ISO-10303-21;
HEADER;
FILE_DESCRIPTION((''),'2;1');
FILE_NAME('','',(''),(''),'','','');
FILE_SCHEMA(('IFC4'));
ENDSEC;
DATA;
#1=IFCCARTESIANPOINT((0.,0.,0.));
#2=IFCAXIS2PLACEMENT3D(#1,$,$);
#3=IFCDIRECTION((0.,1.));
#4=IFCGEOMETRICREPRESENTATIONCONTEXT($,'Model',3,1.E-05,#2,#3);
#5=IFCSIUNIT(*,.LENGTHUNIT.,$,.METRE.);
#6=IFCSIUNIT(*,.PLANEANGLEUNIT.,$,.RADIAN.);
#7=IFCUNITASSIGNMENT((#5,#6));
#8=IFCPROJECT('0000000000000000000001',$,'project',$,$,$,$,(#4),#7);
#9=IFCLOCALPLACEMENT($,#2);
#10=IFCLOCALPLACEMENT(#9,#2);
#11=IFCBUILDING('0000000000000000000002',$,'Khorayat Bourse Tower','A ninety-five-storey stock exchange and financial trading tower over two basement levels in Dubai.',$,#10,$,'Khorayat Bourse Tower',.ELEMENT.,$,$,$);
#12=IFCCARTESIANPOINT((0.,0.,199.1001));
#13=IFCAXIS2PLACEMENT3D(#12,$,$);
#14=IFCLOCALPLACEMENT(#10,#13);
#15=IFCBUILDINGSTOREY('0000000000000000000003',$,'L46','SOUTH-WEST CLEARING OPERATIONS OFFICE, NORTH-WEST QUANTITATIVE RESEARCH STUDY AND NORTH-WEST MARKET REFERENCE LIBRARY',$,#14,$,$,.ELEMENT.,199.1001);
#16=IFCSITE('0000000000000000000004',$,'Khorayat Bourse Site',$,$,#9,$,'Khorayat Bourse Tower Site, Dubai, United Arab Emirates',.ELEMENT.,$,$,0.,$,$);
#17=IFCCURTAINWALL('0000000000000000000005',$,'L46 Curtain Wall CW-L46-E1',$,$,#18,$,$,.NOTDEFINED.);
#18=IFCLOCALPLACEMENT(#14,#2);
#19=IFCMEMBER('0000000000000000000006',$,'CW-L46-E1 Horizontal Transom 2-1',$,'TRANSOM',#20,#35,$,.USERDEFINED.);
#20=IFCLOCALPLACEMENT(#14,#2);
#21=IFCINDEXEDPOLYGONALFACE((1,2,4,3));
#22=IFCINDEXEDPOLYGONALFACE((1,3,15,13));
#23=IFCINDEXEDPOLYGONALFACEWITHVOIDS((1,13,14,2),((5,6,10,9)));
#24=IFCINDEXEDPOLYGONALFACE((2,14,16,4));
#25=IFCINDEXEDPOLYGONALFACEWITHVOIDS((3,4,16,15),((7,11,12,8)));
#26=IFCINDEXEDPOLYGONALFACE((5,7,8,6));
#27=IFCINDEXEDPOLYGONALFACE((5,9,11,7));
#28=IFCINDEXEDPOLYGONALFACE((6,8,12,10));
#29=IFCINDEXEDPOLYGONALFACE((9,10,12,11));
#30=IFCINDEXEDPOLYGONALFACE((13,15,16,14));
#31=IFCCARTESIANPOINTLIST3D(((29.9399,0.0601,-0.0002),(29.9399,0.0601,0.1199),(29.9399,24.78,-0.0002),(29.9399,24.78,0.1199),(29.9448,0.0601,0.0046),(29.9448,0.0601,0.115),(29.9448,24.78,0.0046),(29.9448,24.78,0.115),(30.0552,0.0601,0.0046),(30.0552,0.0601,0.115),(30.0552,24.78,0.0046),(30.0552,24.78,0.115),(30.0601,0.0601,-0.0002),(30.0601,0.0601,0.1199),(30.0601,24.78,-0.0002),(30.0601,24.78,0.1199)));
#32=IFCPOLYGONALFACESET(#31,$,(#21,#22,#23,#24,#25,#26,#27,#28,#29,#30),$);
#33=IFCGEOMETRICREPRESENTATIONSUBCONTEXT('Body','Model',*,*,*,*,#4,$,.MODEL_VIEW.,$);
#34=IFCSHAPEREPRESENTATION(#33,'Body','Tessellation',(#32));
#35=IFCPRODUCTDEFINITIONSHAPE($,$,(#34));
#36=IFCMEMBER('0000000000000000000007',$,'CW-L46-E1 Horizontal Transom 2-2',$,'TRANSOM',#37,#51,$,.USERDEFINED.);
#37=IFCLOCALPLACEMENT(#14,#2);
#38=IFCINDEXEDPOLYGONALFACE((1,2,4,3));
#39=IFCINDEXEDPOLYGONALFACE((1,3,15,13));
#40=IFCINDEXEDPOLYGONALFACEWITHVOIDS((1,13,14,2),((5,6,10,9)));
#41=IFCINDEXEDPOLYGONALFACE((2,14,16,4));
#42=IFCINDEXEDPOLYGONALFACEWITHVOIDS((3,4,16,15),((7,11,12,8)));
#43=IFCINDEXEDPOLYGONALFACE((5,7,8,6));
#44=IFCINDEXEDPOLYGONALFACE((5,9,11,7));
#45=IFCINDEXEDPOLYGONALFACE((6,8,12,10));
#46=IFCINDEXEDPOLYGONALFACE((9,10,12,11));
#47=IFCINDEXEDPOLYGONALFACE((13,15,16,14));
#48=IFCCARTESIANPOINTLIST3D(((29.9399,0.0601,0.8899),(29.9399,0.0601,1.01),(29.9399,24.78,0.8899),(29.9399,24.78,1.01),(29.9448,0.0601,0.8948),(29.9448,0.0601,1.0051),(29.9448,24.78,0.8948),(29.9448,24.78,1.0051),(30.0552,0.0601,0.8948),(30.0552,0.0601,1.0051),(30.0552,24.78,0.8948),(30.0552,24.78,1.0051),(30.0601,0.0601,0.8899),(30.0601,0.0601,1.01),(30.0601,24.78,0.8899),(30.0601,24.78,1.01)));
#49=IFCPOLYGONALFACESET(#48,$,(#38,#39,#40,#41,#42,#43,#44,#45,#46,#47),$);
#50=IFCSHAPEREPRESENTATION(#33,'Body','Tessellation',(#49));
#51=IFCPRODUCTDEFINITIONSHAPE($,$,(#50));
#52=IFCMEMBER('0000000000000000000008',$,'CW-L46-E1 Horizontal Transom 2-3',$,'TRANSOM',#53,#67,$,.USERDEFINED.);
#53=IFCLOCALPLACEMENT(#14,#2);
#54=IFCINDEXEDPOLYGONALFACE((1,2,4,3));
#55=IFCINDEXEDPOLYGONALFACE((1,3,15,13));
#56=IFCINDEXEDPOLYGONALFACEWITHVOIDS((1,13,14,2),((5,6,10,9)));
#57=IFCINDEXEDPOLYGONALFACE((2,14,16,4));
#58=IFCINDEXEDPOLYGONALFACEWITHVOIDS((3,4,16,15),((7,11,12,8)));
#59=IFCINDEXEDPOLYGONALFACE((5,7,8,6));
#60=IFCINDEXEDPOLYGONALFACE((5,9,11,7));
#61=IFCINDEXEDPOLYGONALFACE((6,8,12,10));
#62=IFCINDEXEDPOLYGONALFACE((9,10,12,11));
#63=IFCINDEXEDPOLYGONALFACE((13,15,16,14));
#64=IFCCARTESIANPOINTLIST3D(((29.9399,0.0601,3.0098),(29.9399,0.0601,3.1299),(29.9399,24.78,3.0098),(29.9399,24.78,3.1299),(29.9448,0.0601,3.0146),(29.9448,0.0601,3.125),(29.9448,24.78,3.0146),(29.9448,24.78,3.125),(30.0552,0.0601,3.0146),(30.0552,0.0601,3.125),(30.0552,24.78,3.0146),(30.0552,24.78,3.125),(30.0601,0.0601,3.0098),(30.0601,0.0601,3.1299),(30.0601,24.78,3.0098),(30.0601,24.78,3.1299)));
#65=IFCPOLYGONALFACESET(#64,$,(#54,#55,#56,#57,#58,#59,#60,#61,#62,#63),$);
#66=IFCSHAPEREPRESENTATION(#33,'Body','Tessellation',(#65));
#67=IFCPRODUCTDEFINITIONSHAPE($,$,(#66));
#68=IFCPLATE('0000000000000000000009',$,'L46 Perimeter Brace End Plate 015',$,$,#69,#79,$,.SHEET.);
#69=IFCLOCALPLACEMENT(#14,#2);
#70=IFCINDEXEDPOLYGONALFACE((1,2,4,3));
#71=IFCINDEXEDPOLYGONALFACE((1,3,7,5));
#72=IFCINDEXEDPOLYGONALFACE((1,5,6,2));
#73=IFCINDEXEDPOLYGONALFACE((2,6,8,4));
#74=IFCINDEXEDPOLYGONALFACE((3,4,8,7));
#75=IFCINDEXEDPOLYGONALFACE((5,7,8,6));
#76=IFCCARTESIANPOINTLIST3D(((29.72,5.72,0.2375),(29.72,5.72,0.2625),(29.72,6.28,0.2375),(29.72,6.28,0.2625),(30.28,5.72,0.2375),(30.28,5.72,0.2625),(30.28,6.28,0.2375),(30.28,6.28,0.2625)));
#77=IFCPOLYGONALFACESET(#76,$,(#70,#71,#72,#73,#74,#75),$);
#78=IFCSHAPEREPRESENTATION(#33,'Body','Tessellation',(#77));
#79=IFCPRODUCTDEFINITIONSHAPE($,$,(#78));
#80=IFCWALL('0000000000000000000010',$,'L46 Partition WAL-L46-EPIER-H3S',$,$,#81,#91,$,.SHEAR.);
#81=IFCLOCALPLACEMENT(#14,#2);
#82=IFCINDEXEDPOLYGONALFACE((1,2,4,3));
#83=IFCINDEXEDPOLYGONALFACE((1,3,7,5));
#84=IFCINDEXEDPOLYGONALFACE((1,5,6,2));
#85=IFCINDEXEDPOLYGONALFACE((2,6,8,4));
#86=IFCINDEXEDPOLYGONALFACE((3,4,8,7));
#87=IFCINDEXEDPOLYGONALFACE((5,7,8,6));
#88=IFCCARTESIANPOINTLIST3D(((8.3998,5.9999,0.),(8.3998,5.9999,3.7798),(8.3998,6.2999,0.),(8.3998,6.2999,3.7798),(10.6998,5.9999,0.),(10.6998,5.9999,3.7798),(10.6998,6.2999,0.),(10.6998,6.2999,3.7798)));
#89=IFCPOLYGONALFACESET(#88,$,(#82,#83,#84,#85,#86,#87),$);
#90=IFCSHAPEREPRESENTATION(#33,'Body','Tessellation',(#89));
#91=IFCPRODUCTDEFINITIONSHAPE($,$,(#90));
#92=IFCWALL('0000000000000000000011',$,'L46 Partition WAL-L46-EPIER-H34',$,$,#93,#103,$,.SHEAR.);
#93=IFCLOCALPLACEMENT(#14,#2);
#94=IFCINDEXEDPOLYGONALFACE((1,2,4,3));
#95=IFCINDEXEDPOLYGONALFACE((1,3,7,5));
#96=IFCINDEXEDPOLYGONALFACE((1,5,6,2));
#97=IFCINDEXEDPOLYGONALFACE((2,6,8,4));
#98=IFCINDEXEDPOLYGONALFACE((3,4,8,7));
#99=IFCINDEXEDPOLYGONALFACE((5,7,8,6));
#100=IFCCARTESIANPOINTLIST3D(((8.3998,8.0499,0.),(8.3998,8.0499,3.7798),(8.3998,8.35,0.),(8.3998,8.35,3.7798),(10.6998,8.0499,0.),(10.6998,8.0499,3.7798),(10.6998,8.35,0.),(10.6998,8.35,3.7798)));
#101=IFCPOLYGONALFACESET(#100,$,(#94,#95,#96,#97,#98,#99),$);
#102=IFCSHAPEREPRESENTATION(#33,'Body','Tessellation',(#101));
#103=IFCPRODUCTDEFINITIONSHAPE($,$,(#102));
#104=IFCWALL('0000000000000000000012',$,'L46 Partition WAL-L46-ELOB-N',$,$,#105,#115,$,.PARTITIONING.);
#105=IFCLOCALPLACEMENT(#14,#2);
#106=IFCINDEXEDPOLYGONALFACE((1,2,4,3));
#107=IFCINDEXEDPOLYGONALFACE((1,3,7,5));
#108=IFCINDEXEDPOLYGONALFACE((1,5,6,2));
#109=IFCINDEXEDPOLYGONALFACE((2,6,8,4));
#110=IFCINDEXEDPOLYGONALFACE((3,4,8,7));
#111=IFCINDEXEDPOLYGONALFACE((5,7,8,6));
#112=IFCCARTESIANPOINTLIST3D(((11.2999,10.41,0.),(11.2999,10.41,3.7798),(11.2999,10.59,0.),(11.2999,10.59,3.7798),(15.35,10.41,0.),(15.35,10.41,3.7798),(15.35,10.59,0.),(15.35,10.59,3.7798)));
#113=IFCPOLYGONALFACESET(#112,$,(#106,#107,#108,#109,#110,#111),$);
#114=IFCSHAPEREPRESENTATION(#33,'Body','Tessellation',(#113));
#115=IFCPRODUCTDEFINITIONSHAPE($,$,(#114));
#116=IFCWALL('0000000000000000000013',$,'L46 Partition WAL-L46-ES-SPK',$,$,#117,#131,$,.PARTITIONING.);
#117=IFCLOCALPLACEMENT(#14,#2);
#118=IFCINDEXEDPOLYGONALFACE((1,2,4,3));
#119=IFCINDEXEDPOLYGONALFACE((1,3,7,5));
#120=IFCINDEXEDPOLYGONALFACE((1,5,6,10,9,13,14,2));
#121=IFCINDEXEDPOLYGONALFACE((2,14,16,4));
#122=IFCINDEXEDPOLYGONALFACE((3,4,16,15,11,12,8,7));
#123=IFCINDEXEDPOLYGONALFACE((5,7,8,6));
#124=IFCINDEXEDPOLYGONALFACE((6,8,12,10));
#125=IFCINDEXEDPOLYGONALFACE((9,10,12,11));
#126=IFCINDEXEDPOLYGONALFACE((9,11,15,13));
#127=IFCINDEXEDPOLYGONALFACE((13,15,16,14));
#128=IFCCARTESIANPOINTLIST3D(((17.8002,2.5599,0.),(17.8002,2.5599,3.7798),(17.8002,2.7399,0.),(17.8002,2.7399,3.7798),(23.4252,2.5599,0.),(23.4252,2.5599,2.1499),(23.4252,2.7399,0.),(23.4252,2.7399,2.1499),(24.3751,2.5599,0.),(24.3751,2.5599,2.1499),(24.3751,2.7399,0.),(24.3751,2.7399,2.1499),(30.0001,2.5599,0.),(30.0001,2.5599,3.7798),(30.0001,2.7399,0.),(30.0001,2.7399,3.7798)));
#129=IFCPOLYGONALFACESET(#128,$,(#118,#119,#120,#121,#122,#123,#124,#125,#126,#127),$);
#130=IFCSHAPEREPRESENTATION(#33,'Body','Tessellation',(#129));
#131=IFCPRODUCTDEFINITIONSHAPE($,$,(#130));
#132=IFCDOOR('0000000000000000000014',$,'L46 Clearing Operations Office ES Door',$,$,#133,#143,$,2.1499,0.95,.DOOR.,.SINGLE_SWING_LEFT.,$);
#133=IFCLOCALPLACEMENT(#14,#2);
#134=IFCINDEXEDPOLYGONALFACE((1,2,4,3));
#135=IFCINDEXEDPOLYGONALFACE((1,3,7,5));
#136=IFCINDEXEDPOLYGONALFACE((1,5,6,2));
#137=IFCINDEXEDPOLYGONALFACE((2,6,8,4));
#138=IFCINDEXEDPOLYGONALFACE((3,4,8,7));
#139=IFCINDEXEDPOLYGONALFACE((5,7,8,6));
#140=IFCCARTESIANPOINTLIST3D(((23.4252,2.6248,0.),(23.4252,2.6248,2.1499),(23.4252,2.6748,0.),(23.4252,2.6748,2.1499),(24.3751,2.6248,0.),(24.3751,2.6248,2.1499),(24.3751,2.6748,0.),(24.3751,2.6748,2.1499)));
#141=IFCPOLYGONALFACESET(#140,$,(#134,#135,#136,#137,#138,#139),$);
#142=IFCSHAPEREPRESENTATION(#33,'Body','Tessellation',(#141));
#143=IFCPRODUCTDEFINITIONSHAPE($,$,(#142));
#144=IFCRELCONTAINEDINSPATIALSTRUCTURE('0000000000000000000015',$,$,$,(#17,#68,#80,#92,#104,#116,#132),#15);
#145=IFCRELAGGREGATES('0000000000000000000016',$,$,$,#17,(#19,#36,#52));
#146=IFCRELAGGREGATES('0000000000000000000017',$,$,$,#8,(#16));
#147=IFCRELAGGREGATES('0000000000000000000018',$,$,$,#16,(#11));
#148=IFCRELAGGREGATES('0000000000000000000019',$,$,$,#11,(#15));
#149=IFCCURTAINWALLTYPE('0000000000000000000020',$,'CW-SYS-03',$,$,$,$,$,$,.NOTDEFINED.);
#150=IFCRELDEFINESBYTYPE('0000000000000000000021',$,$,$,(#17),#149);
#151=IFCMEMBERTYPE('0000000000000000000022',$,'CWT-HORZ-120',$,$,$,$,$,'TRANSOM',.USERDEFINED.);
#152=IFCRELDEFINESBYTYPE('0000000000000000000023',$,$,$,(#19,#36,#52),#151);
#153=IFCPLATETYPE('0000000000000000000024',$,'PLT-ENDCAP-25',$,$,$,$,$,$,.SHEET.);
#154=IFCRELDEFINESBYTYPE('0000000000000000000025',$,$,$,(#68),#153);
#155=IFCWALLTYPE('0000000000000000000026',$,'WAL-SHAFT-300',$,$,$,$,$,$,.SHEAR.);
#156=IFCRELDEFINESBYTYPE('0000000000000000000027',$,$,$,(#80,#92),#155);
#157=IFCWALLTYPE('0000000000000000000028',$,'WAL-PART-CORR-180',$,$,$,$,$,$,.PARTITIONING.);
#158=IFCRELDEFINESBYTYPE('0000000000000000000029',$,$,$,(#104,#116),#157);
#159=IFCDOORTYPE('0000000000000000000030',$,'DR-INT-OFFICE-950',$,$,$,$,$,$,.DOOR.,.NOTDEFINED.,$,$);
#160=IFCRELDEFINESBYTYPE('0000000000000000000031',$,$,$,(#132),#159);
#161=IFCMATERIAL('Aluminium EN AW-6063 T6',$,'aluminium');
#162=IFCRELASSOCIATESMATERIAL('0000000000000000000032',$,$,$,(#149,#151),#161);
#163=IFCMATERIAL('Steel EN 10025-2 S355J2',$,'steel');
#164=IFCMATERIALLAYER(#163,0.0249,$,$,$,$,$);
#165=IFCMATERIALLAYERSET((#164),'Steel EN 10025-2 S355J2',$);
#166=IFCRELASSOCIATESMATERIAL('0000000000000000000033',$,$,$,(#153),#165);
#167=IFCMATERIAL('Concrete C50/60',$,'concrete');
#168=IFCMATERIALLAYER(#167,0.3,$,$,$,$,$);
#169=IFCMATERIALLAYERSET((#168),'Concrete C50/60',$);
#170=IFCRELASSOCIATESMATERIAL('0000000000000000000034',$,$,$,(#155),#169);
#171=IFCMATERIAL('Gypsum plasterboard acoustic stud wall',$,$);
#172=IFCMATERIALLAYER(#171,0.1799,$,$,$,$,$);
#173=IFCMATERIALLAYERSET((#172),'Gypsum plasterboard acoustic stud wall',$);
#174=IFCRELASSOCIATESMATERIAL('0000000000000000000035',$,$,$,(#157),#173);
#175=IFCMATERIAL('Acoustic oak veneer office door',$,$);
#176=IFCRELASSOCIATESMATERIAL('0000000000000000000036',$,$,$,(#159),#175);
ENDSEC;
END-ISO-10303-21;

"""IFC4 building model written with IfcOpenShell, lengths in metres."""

from ifc_helpers import new_model, si_unit, direction, frame, frame_2d, origin, origin_2d, place, context, subcontext, project, spatial, rectangle, hollow_rectangle, extrude, source, transform, mapped, material, layer, layer_set, material_profile, profile_set, type_object, element, fill, aggregate, save


model = new_model("IFC4")

# Units and contexts
model_context = context("Model", 3, precision=1e-05, world=origin(), true_north=direction((0.0, 1.0)))
body_context = subcontext(model_context, "Body", "Model", "MODEL_VIEW")
ifc_project = project(units=[si_unit("LENGTHUNIT", "METRE"), si_unit("PLANEANGLEUNIT", "RADIAN")], contexts=[model_context])

# Site, building, storey
site_placement = place(None, origin())
site = spatial("IfcSite", under=ifc_project, at=site_placement, Name="Khorayat Bourse Site", LongName="Khorayat Bourse Tower Site, Dubai, United Arab Emirates", CompositionType="ELEMENT", RefElevation=0.0)
building_placement = place(site_placement, origin())
building = spatial("IfcBuilding", under=site, at=building_placement, Name="Khorayat Bourse Tower", Description="A ninety-five-storey stock exchange and financial trading tower over two basement levels in Dubai.", LongName="Khorayat Bourse Tower", CompositionType="ELEMENT")
storey_placement = place(building_placement, frame((0.0, 0.0, 199.1001)))
storey = spatial("IfcBuildingStorey", under=building, at=storey_placement, Name="L46", Description="SOUTH-WEST CLEARING OPERATIONS OFFICE, NORTH-WEST QUANTITATIVE RESEARCH STUDY AND NORTH-WEST MARKET REFERENCE LIBRARY", CompositionType="ELEMENT", Elevation=199.1001)

# Curtain wall, members
ifc_material_1 = material(Name="Aluminium EN AW-6063 T6", Category="aluminium")
curtain_wall_type = type_object("IfcCurtainWallType", Name="CW-SYS-03", PredefinedType="NOTDEFINED", material=ifc_material_1)
curtain_wall_placement = place(storey_placement, origin())
curtain_wall = element("IfcCurtainWall", 1, at=curtain_wall_placement, inside=storey, type_object=curtain_wall_type, Name="L46 Curtain Wall CW-L46-E1", PredefinedType="NOTDEFINED")
ifc_material_profile_1 = material_profile(ifc_material_1, hollow_rectangle(XDim=0.1201, YDim=0.1201, WallThickness=0.0049, at=origin_2d()), Name="ALU 120x120x5")
ifc_profile_set_1 = profile_set([ifc_material_profile_1], Name="Aluminium EN AW-6063 T6")
member_type_1 = type_object("IfcMemberType", Name="CWT-HORZ-120", ElementType="TRANSOM", PredefinedType="USERDEFINED", material=ifc_profile_set_1)
shared_shape_1 = source(origin(), body_context, "Body", "SweptSolid", [
    extrude(hollow_rectangle(XDim=0.1201, YDim=0.1201, WallThickness=0.0049, at=origin_2d()), origin(), (0.0, 0.0, 1.0), 24.72),
])
member_1_placement = place(storey_placement, frame((30.0, 0.0601, 0.0598), z_axis=(0.0, 1.0, 0.0), x_axis=(-1.0, 0.0, 0.0)))
member_1 = element("IfcMember", 2, at=member_1_placement, type_object=member_type_1, Name="CW-L46-E1 Horizontal Transom 2-1", ObjectType="TRANSOM", PredefinedType="USERDEFINED", context=body_context, shape_type="MappedRepresentation", body=[
    mapped(shared_shape_1, transform((0.0, 0.0, 0.0), scale=1.0)),
])
member_2_placement = place(storey_placement, frame((30.0, 0.0601, 0.95), z_axis=(0.0, 1.0, 0.0), x_axis=(-1.0, 0.0, 0.0)))
member_2 = element("IfcMember", 3, at=member_2_placement, type_object=member_type_1, Name="CW-L46-E1 Horizontal Transom 2-2", ObjectType="TRANSOM", PredefinedType="USERDEFINED", context=body_context, shape_type="MappedRepresentation", body=[
    mapped(shared_shape_1, transform((0.0, 0.0, 0.0), scale=1.0)),
])
member_3_placement = place(storey_placement, frame((30.0, 0.0601, 3.0698), z_axis=(0.0, 1.0, 0.0), x_axis=(-1.0, 0.0, 0.0)))
member_3 = element("IfcMember", 4, at=member_3_placement, type_object=member_type_1, Name="CW-L46-E1 Horizontal Transom 2-3", ObjectType="TRANSOM", PredefinedType="USERDEFINED", context=body_context, shape_type="MappedRepresentation", body=[
    mapped(shared_shape_1, transform((0.0, 0.0, 0.0), scale=1.0)),
])
aggregate(curtain_wall, [member_1, member_2, member_3])

# Plate
ifc_material_2 = material(Name="Steel EN 10025-2 S355J2", Category="steel")
ifc_layer_1 = layer(ifc_material_2, 0.0249)
ifc_layer_set_1 = layer_set([ifc_layer_1], Name="Steel EN 10025-2 S355J2")
plate_type = type_object("IfcPlateType", Name="PLT-ENDCAP-25", PredefinedType="SHEET", material=ifc_layer_set_1)
shared_shape_2 = source(origin(), body_context, "Body", "SweptSolid", [
    extrude(rectangle(XDim=0.5601, YDim=0.5601, at=origin_2d()), origin(), (0.0, 0.0, 1.0), 0.0249),
])
plate_placement = place(storey_placement, frame((30.0, 6.0, 0.2375), z_axis=(0.0, 0.0, 1.0), x_axis=(1.0, 0.0, 0.0)))
element("IfcPlate", 5, at=plate_placement, inside=storey, type_object=plate_type, Name="L46 Perimeter Brace End Plate 015", PredefinedType="SHEET", context=body_context, shape_type="MappedRepresentation", body=[
    mapped(shared_shape_2, transform((0.0, 0.0, 0.0), scale=1.0)),
])

# Walls
ifc_material_3 = material(Name="Concrete C50/60", Category="concrete")
ifc_layer_2 = layer(ifc_material_3, 0.3)
ifc_layer_set_2 = layer_set([ifc_layer_2], Name="Concrete C50/60")
wall_type_1 = type_object("IfcWallType", Name="WAL-SHAFT-300", PredefinedType="SHEAR", material=ifc_layer_set_2)
shared_shape_3 = source(origin(), body_context, "Body", "SweptSolid", [
    extrude(rectangle(XDim=2.3, YDim=0.3, at=frame_2d((1.1499, 0.0))), origin(), (0.0, 0.0, 1.0), 3.7798),
])
for number, where, z_axis, x_axis, name in (
    (6, (8.3999, 6.1499, 0.0), (0.0, 0.0, 1.0), (1.0, 0.0, 0.0), "L46 Partition WAL-L46-EPIER-H3S"),
    (7, (8.3999, 8.2, 0.0), (0.0, 0.0, 1.0), (1.0, 0.0, 0.0), "L46 Partition WAL-L46-EPIER-H34"),
):
    element("IfcWall", number, at=place(storey_placement, frame(where, z_axis=z_axis, x_axis=x_axis)), inside=storey, type_object=wall_type_1, Name=name, PredefinedType="SHEAR", context=body_context, shape_type="MappedRepresentation", body=[
        mapped(shared_shape_3, transform((0.0, 0.0, 0.0), scale=1.0)),
    ])
ifc_material_4 = material(Name="Gypsum plasterboard acoustic stud wall")
ifc_layer_3 = layer(ifc_material_4, 0.1799)
ifc_layer_set_3 = layer_set([ifc_layer_3], Name="Gypsum plasterboard acoustic stud wall")
wall_type_2 = type_object("IfcWallType", Name="WAL-PART-CORR-180", PredefinedType="PARTITIONING", material=ifc_layer_set_3)
shared_shape_4 = source(origin(), body_context, "Body", "SweptSolid", [
    extrude(rectangle(XDim=4.05, YDim=0.1799, at=frame_2d((2.0249, 0.0))), origin(), (0.0, 0.0, 1.0), 3.7798),
])
wall_1_placement = place(storey_placement, frame((11.3, 10.5, 0.0), z_axis=(0.0, 0.0, 1.0), x_axis=(1.0, 0.0, 0.0)))
element("IfcWall", 8, at=wall_1_placement, inside=storey, type_object=wall_type_2, Name="L46 Partition WAL-L46-ELOB-N", PredefinedType="PARTITIONING", context=body_context, shape_type="MappedRepresentation", body=[
    mapped(shared_shape_4, transform((0.0, 0.0, 0.0), scale=1.0)),
])

# Wall, opening, door
shared_shape_5 = source(origin(), body_context, "Body", "SweptSolid", [
    extrude(rectangle(XDim=12.2, YDim=0.1799, at=frame_2d((6.1001, 0.0))), origin(), (0.0, 0.0, 1.0), 3.7798),
])
wall_2_placement = place(storey_placement, frame((17.8, 2.6499, 0.0), z_axis=(0.0, 0.0, 1.0), x_axis=(1.0, 0.0, 0.0)))
wall_2 = element("IfcWall", 9, at=wall_2_placement, inside=storey, type_object=wall_type_2, Name="L46 Partition WAL-L46-ES-SPK", PredefinedType="PARTITIONING", context=body_context, shape_type="MappedRepresentation", body=[
    mapped(shared_shape_5, transform((0.0, 0.0, 0.0), scale=1.0)),
])
shared_shape_6 = source(origin(), body_context, "Body", "SweptSolid", [
    extrude(rectangle(XDim=0.95, YDim=2.1499, at=frame_2d((0.4751, 1.075))), frame((0.0, 0.0999, 0.0), z_axis=(0.0, -1.0, 0.0), x_axis=(1.0, 0.0, 0.0)), (0.0, 0.0, 1.0), 0.2),
])
opening_1_placement = place(wall_2_placement, frame((5.625, 0.0, 0.0)))
opening_1 = element("IfcOpeningElement", 10, at=opening_1_placement, cuts=wall_2, PredefinedType="OPENING", context=body_context, shape_type="MappedRepresentation", body=[
    mapped(shared_shape_6, transform((0.0, 0.0, 0.0), scale=1.0)),
])
ifc_material_5 = material(Name="Acoustic oak veneer office door")
door_type = type_object("IfcDoorType", Name="DR-INT-OFFICE-950", OperationType="NOTDEFINED", PredefinedType="DOOR", material=ifc_material_5)
shared_shape_7 = source(origin(), body_context, "Body", "SweptSolid", [
    extrude(rectangle(XDim=0.95, YDim=2.1499, at=frame_2d((0.4751, 1.075))), frame((0.0, 0.0249, 0.0), z_axis=(0.0, -1.0, 0.0), x_axis=(1.0, 0.0, 0.0)), (0.0, 0.0, 1.0), 0.05),
])
door_1_placement = place(opening_1_placement, origin())
door_1 = element("IfcDoor", 11, at=door_1_placement, inside=storey, type_object=door_type, Name="L46 Clearing Operations Office ES Door", OperationType="SINGLE_SWING_LEFT", OverallHeight=2.1499, OverallWidth=0.95, PredefinedType="DOOR", context=body_context, shape_type="MappedRepresentation", body=[
    mapped(shared_shape_7, transform((0.0, 0.0, 0.0), scale=1.0)),
])
fill(opening_1, door_1)

save(model, "model.ifc")
